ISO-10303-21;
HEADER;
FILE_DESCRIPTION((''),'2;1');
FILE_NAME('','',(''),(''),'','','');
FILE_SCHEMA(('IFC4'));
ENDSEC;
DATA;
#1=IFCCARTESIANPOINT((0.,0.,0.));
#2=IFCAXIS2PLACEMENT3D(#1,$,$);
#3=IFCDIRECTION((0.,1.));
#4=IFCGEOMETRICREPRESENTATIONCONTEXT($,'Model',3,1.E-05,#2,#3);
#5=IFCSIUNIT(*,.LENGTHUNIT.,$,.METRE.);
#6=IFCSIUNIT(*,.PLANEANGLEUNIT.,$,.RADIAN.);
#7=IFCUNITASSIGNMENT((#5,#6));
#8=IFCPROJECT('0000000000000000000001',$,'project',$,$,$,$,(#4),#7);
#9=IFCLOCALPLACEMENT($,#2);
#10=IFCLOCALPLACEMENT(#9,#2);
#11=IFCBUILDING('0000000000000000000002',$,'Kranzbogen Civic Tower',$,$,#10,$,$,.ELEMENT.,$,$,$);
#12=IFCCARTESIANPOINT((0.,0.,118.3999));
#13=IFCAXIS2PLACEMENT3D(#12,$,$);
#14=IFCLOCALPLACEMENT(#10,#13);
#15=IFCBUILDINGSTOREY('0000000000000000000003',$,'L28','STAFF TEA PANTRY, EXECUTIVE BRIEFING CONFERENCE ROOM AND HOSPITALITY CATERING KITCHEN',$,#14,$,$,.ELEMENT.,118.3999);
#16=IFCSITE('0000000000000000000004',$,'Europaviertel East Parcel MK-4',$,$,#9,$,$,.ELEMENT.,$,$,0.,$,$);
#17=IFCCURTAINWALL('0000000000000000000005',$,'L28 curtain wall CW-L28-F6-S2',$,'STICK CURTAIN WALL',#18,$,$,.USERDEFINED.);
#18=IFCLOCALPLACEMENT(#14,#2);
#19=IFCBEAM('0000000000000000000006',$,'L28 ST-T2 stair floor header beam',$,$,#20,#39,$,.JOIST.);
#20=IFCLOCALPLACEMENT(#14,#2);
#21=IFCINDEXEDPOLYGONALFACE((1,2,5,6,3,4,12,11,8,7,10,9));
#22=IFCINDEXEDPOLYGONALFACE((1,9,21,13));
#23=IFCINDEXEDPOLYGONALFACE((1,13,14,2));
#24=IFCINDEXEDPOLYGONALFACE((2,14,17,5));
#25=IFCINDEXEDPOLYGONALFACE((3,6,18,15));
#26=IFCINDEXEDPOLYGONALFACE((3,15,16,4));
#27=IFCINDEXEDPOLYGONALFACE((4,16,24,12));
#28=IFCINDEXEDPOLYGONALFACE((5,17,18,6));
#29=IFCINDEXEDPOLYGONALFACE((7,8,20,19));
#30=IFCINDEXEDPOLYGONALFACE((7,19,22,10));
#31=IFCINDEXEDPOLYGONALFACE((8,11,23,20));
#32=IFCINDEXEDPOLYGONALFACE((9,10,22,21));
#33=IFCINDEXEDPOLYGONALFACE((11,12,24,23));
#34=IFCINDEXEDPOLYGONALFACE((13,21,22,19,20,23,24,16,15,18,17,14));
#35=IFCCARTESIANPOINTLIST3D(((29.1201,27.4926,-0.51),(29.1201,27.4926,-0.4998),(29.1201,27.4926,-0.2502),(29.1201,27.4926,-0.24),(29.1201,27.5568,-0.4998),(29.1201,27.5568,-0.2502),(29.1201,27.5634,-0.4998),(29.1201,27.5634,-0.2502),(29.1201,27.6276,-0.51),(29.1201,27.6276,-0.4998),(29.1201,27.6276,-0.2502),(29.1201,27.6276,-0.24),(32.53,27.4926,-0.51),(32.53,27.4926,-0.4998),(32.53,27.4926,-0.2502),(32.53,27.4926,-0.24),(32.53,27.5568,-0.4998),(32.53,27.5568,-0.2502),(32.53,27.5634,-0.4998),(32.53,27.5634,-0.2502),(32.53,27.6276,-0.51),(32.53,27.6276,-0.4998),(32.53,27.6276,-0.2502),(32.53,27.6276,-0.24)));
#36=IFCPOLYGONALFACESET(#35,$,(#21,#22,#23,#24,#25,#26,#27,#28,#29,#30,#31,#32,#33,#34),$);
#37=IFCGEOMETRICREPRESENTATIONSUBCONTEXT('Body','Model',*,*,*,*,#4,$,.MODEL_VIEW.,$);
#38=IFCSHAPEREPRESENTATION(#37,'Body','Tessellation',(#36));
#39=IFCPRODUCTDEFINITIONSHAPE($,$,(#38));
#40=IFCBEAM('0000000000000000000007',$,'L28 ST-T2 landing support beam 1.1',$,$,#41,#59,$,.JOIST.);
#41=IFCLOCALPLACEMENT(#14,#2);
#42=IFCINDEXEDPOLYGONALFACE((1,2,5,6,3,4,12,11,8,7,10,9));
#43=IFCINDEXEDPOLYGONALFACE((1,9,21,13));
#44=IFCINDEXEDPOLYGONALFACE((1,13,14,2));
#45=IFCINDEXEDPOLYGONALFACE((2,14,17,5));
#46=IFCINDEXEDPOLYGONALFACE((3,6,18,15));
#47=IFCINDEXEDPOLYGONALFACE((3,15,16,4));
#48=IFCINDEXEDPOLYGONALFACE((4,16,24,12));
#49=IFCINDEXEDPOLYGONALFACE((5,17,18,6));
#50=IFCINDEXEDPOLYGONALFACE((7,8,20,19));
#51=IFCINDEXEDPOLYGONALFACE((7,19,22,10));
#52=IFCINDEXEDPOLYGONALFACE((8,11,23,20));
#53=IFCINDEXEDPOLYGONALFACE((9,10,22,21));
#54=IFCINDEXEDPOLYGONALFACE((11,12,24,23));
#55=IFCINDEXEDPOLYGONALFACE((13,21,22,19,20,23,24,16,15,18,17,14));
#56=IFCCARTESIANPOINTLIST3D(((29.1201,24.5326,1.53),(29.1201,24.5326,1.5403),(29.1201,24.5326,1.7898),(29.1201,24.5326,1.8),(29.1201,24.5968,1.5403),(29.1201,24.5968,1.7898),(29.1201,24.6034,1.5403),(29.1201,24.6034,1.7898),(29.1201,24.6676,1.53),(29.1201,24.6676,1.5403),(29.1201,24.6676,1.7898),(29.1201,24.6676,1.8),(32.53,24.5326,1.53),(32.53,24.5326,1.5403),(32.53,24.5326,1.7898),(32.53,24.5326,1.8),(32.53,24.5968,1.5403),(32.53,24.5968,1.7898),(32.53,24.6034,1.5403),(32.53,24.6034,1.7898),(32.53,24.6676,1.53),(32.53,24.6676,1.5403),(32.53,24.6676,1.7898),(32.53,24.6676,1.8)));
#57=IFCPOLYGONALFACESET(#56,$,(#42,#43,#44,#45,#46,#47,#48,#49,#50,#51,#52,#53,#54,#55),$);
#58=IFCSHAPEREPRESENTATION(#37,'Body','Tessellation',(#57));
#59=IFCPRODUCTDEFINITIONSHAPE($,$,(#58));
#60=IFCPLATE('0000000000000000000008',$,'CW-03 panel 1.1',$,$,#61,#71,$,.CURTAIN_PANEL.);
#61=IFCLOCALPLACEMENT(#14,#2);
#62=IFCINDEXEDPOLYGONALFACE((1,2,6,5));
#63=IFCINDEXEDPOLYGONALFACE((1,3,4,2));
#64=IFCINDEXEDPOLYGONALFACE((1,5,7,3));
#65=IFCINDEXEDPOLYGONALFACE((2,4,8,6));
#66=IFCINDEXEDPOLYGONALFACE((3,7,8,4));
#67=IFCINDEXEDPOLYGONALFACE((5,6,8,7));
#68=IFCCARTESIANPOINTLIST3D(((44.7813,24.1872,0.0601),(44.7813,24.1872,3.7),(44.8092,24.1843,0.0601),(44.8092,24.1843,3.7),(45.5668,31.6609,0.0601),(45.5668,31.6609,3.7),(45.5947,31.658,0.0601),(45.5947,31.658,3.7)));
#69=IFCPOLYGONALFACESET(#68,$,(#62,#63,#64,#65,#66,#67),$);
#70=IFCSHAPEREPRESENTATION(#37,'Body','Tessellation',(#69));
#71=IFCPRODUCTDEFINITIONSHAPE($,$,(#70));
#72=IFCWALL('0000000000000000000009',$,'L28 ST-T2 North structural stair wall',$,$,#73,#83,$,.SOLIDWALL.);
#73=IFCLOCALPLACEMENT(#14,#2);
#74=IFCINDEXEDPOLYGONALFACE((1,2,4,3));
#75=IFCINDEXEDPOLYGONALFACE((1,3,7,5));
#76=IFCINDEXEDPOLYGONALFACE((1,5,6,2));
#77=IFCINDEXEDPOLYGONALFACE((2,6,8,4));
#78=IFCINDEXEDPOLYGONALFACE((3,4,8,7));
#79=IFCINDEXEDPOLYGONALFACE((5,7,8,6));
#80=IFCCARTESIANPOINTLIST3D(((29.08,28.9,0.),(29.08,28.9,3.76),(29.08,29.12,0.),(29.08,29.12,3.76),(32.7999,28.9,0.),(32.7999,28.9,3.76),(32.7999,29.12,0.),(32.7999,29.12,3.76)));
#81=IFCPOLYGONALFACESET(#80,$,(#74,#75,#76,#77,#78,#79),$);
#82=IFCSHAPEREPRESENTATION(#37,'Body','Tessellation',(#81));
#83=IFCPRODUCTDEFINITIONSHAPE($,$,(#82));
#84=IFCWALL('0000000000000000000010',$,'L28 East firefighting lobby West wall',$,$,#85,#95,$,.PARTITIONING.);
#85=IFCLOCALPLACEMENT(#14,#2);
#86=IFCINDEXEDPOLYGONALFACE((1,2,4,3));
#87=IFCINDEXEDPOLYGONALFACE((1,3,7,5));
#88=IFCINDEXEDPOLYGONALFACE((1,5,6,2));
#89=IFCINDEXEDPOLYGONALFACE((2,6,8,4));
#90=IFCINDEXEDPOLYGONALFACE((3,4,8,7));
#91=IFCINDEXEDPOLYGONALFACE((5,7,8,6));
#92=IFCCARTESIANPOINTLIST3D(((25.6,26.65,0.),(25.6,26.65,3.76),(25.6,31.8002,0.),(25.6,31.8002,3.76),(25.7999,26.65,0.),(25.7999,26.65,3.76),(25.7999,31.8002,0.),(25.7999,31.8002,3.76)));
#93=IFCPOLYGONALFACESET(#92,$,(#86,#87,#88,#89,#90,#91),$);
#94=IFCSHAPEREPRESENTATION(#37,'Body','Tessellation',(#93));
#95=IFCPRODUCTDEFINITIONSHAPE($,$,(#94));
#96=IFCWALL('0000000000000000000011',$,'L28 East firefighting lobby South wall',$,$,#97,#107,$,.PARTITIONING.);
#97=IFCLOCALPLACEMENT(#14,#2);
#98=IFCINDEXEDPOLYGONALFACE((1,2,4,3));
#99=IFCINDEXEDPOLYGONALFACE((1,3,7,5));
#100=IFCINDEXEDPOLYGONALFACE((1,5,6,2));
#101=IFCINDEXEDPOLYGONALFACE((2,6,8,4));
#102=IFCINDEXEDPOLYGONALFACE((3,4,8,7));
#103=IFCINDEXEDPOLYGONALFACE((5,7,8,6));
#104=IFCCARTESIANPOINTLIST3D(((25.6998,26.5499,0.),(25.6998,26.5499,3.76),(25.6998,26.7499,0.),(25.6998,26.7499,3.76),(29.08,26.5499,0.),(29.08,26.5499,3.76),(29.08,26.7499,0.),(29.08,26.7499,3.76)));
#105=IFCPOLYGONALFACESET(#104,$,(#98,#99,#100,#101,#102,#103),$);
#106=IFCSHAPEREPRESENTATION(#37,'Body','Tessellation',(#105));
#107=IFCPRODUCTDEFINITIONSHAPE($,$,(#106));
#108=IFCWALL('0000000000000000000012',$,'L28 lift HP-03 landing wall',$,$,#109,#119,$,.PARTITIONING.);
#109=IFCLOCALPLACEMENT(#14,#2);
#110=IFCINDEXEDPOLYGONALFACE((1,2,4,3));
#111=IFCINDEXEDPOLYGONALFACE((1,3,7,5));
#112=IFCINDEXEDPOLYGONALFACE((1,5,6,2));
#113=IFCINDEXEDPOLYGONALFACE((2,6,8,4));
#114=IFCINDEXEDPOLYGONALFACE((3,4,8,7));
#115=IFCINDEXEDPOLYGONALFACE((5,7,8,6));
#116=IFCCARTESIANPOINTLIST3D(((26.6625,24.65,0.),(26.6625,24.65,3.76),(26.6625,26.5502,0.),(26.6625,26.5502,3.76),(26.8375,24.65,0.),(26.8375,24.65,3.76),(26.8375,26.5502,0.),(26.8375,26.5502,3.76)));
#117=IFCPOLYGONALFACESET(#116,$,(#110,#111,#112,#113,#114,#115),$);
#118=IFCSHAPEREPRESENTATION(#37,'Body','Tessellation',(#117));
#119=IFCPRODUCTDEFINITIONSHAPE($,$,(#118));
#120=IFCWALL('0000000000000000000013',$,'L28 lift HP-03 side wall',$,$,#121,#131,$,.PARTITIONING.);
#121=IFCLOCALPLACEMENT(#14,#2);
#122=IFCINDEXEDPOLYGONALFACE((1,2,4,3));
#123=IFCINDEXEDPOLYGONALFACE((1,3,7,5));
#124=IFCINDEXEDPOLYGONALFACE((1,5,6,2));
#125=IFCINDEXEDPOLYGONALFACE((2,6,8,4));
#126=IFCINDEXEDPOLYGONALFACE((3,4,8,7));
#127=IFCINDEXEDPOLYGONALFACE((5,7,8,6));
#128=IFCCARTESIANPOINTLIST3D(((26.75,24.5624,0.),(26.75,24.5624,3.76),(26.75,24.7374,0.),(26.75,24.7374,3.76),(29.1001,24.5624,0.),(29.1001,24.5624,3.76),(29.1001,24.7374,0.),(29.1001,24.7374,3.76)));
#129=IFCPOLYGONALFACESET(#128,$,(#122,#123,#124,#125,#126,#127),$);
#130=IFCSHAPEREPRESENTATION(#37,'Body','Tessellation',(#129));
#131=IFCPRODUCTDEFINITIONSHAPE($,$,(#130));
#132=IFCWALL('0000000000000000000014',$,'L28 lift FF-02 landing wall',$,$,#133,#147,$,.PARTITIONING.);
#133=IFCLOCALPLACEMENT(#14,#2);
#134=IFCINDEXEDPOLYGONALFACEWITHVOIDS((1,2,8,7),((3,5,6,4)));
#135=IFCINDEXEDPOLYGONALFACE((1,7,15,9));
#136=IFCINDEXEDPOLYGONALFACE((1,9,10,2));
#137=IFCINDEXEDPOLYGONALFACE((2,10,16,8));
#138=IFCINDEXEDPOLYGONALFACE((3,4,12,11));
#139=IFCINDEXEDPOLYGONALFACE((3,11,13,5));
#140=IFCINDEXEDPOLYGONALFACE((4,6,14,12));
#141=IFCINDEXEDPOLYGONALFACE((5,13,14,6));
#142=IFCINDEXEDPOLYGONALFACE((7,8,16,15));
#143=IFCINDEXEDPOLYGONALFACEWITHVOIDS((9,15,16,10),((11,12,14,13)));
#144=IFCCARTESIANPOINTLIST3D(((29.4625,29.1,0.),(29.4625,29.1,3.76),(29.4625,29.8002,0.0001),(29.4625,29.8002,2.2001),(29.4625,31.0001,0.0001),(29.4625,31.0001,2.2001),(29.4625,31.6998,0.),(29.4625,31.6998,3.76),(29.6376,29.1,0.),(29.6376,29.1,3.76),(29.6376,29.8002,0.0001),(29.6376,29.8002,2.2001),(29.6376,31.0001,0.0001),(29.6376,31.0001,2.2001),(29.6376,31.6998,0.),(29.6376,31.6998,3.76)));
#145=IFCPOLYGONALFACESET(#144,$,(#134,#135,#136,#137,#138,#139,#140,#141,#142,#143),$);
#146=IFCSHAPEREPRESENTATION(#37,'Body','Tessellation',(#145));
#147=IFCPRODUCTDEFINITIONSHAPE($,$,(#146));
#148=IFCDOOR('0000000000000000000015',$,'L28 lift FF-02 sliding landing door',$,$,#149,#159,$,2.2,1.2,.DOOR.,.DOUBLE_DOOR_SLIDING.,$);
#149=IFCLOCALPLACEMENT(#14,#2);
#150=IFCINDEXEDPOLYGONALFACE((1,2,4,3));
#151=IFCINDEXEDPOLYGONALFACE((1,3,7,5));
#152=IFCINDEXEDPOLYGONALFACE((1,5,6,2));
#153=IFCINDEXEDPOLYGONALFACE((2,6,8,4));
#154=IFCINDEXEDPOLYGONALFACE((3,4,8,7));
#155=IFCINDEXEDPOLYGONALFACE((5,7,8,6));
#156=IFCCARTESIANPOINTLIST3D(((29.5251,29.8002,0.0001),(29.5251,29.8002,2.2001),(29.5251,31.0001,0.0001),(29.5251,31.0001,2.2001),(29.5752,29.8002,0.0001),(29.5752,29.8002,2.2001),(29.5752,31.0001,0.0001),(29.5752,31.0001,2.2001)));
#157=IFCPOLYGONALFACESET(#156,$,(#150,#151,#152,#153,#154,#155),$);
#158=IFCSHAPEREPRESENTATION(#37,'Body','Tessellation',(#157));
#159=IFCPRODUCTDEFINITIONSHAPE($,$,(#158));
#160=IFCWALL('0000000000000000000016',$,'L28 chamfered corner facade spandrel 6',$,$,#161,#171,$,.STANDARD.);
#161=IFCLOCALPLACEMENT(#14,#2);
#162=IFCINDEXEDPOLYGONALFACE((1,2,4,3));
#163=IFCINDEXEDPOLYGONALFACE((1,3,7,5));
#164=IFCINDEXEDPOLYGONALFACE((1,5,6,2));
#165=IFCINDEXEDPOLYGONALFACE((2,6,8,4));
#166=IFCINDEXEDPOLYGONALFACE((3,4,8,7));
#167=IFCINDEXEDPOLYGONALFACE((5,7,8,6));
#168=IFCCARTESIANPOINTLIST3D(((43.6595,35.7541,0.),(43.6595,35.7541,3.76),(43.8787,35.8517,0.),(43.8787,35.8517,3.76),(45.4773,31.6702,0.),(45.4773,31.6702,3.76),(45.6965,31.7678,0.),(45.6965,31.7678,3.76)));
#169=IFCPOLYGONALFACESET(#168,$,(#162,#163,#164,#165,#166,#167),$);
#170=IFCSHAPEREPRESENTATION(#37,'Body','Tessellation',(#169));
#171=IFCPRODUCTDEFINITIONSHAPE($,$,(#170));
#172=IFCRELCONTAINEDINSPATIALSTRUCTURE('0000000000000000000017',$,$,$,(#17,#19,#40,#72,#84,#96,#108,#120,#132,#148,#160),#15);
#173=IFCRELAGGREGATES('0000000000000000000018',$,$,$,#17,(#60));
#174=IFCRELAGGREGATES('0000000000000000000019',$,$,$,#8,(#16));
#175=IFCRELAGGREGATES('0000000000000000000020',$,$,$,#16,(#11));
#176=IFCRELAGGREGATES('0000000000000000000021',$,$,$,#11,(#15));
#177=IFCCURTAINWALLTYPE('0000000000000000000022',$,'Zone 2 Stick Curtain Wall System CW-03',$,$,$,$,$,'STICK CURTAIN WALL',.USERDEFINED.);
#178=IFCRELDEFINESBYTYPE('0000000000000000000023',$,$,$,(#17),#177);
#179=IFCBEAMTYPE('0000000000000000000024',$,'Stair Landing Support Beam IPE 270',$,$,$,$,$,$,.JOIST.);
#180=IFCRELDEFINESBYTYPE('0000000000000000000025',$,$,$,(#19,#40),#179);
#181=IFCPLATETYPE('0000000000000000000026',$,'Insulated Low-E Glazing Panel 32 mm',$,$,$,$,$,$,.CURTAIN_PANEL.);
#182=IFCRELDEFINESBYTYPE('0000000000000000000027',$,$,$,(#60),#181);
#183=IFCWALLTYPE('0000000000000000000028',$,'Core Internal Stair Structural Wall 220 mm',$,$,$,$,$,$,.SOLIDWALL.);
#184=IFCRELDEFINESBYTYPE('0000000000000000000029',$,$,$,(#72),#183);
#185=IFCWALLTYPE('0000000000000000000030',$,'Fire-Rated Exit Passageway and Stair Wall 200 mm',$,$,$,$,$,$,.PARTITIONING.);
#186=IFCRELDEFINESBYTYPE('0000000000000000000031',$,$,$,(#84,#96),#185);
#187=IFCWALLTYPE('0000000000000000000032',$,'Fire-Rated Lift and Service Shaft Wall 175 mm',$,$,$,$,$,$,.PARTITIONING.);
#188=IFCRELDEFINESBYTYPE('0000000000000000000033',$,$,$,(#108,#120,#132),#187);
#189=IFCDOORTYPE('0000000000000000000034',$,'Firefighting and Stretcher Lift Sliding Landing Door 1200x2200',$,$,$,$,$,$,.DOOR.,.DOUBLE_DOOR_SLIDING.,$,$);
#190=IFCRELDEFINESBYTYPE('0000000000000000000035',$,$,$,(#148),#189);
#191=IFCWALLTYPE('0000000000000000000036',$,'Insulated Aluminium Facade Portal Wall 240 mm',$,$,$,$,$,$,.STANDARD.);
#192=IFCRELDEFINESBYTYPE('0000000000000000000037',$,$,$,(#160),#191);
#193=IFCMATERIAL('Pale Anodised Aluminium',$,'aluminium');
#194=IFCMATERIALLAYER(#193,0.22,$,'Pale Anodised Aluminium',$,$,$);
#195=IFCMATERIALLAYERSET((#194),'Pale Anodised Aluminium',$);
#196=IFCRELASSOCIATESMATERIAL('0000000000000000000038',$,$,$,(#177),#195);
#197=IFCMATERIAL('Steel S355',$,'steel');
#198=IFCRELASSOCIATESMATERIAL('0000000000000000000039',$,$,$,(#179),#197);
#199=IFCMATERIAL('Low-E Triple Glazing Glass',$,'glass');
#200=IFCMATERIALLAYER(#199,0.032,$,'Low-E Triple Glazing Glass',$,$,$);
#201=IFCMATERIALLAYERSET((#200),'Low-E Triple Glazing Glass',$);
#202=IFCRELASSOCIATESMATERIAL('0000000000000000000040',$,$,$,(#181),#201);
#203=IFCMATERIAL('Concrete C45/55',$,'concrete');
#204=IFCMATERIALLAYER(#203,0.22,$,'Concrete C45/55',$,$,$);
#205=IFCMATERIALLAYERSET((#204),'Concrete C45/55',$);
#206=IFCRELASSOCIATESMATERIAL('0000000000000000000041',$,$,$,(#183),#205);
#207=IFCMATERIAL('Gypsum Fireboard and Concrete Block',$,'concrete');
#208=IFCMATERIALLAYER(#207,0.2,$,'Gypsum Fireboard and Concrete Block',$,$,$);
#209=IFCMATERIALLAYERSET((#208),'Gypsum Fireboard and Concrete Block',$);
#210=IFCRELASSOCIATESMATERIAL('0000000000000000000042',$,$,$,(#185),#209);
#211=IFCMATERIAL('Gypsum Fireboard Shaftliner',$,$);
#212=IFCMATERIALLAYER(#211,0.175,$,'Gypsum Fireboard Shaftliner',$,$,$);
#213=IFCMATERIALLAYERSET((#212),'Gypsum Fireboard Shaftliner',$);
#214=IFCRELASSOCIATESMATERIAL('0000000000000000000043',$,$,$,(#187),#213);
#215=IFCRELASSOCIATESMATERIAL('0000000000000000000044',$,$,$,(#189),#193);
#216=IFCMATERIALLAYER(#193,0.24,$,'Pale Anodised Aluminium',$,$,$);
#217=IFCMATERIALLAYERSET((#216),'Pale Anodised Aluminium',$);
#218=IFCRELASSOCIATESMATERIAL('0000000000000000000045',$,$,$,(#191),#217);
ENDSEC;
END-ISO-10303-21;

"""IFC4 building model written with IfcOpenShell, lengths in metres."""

from ifc_helpers import new_model, si_unit, direction, frame, frame_2d, origin, origin_2d, place, context, subcontext, project, spatial, rectangle, i_section, extrude, material, layer, layer_set, material_profile, profile_set, type_object, element, fill, aggregate, save


model = new_model("IFC4")

# Units and contexts
model_context = context("Model", 3, precision=1e-05, world=origin(), true_north=direction((0.0, 1.0)))
body_context = subcontext(model_context, "Body", "Model", "MODEL_VIEW")
ifc_project = project(units=[si_unit("LENGTHUNIT", "METRE"), si_unit("PLANEANGLEUNIT", "RADIAN")], contexts=[model_context])

# Site, building, storey
site_placement = place(None, origin())
site = spatial("IfcSite", under=ifc_project, at=site_placement, Name="Europaviertel East Parcel MK-4", CompositionType="ELEMENT", RefElevation=0.0)
building_placement = place(site_placement, origin())
building = spatial("IfcBuilding", under=site, at=building_placement, Name="Kranzbogen Civic Tower", CompositionType="ELEMENT")
storey_placement = place(building_placement, frame((0.0, 0.0, 118.3999)))
storey = spatial("IfcBuildingStorey", under=building, at=storey_placement, Name="L28", Description="STAFF TEA PANTRY, EXECUTIVE BRIEFING CONFERENCE ROOM AND HOSPITALITY CATERING KITCHEN", CompositionType="ELEMENT", Elevation=118.3999)

# Curtain wall
ifc_material_1 = material(Name="Pale Anodised Aluminium", Category="aluminium")
ifc_layer_1 = layer(ifc_material_1, 0.22, Name="Pale Anodised Aluminium")
ifc_layer_set_1 = layer_set([ifc_layer_1], Name="Pale Anodised Aluminium")
curtain_wall_type = type_object("IfcCurtainWallType", Name="Zone 2 Stick Curtain Wall System CW-03", ElementType="STICK CURTAIN WALL", PredefinedType="USERDEFINED", material=ifc_layer_set_1)
curtain_wall_placement = place(storey_placement, origin())
curtain_wall = element("IfcCurtainWall", 1, at=curtain_wall_placement, inside=storey, type_object=curtain_wall_type, Name="L28 curtain wall CW-L28-F6-S2", ObjectType="STICK CURTAIN WALL", PredefinedType="USERDEFINED")

# Beams
ifc_material_2 = material(Name="Steel S355", Category="steel")
ifc_material_profile_1 = material_profile(ifc_material_2, i_section(OverallWidth=0.135, OverallDepth=0.27, WebThickness=0.0066, FlangeThickness=0.0103, at=origin_2d()), Name="IPE 270")
ifc_profile_set_1 = profile_set([ifc_material_profile_1], Name="Steel S355")
beam_type_1 = type_object("IfcBeamType", Name="Stair Landing Support Beam IPE 270", PredefinedType="JOIST", material=ifc_profile_set_1)
for number, where, z_axis, x_axis, name in (
    (2, (29.1201, 27.5601, -0.375), (1.0, 0.0, 0.0), (0.0, 1.0, 0.0), "L28 ST-T2 stair floor header beam"),
    (3, (29.1201, 24.6001, 1.665), (1.0, 0.0, 0.0), (0.0, 1.0, 0.0), "L28 ST-T2 landing support beam 1.1"),
):
    element("IfcBeam", number, at=place(storey_placement, frame(where, z_axis=z_axis, x_axis=x_axis)), inside=storey, type_object=beam_type_1, Name=name, PredefinedType="JOIST", context=body_context, shape_type="SweptSolid", body=[
        extrude(i_section(OverallWidth=0.135, OverallDepth=0.27, WebThickness=0.0066, FlangeThickness=0.0103, at=origin_2d()), origin(), (0.0, 0.0, 1.0), 3.4099),
    ])

# Plate
ifc_material_3 = material(Name="Low-E Triple Glazing Glass", Category="glass")
ifc_layer_2 = layer(ifc_material_3, 0.032, Name="Low-E Triple Glazing Glass")
ifc_layer_set_2 = layer_set([ifc_layer_2], Name="Low-E Triple Glazing Glass")
plate_type = type_object("IfcPlateType", Name="Insulated Low-E Glazing Panel 32 mm", PredefinedType="CURTAIN_PANEL", material=ifc_layer_set_2)
plate_placement = place(storey_placement, frame((45.188, 27.9226, 0.0601), z_axis=(0.0, 0.0, 1.0), x_axis=(0.104521, 0.994523, 0.0)))
plate = element("IfcPlate", 4, at=plate_placement, type_object=plate_type, Name="CW-03 panel 1.1", PredefinedType="CURTAIN_PANEL", context=body_context, shape_type="SweptSolid", body=[
    extrude(rectangle(XDim=7.5149, YDim=0.0281, at=origin_2d()), origin(), (0.0, 0.0, 1.0), 3.6399),
])
aggregate(curtain_wall, [plate])

# Walls
ifc_material_4 = material(Name="Concrete C45/55", Category="concrete")
ifc_layer_3 = layer(ifc_material_4, 0.22, Name="Concrete C45/55")
ifc_layer_set_3 = layer_set([ifc_layer_3], Name="Concrete C45/55")
wall_type_1 = type_object("IfcWallType", Name="Core Internal Stair Structural Wall 220 mm", PredefinedType="SOLIDWALL", material=ifc_layer_set_3)
wall_1_placement = place(storey_placement, frame((29.0801, 29.01, 0.0), z_axis=(0.0, 0.0, 1.0), x_axis=(1.0, 0.0, 0.0)))
element("IfcWall", 5, at=wall_1_placement, inside=storey, type_object=wall_type_1, Name="L28 ST-T2 North structural stair wall", PredefinedType="SOLIDWALL", context=body_context, shape_type="SweptSolid", body=[
    extrude(rectangle(XDim=3.72, YDim=0.22, at=frame_2d((1.8599, 0.0))), origin(), (0.0, 0.0, 1.0), 3.76),
])
ifc_material_5 = material(Name="Gypsum Fireboard and Concrete Block", Category="concrete")
ifc_layer_4 = layer(ifc_material_5, 0.2, Name="Gypsum Fireboard and Concrete Block")
ifc_layer_set_4 = layer_set([ifc_layer_4], Name="Gypsum Fireboard and Concrete Block")
wall_type_2 = type_object("IfcWallType", Name="Fire-Rated Exit Passageway and Stair Wall 200 mm", PredefinedType="PARTITIONING", material=ifc_layer_set_4)
wall_2_placement = place(storey_placement, frame((25.7, 26.6499, 0.0), z_axis=(0.0, 0.0, 1.0), x_axis=(0.0, 1.0, 0.0)))
element("IfcWall", 6, at=wall_2_placement, inside=storey, type_object=wall_type_2, Name="L28 East firefighting lobby West wall", PredefinedType="PARTITIONING", context=body_context, shape_type="SweptSolid", body=[
    extrude(rectangle(XDim=5.1501, YDim=0.2, at=frame_2d((2.5752, 0.0))), origin(), (0.0, 0.0, 1.0), 3.76),
])
wall_3_placement = place(storey_placement, frame((25.7, 26.6499, 0.0), z_axis=(0.0, 0.0, 1.0), x_axis=(1.0, 0.0, 0.0)))
element("IfcWall", 7, at=wall_3_placement, inside=storey, type_object=wall_type_2, Name="L28 East firefighting lobby South wall", PredefinedType="PARTITIONING", context=body_context, shape_type="SweptSolid", body=[
    extrude(rectangle(XDim=3.3801, YDim=0.2, at=frame_2d((1.6899, 0.0))), origin(), (0.0, 0.0, 1.0), 3.76),
])
ifc_material_6 = material(Name="Gypsum Fireboard Shaftliner")
ifc_layer_5 = layer(ifc_material_6, 0.175, Name="Gypsum Fireboard Shaftliner")
ifc_layer_set_5 = layer_set([ifc_layer_5], Name="Gypsum Fireboard Shaftliner")
wall_type_3 = type_object("IfcWallType", Name="Fire-Rated Lift and Service Shaft Wall 175 mm", PredefinedType="PARTITIONING", material=ifc_layer_set_5)
wall_4_placement = place(storey_placement, frame((26.75, 24.6499, 0.0), z_axis=(0.0, 0.0, 1.0), x_axis=(0.0, 1.0, 0.0)))
element("IfcWall", 8, at=wall_4_placement, inside=storey, type_object=wall_type_3, Name="L28 lift HP-03 landing wall", PredefinedType="PARTITIONING", context=body_context, shape_type="SweptSolid", body=[
    extrude(rectangle(XDim=1.9001, YDim=0.175, at=frame_2d((0.9502, 0.0))), origin(), (0.0, 0.0, 1.0), 3.76),
])
wall_5_placement = place(storey_placement, frame((26.75, 24.6499, 0.0), z_axis=(0.0, 0.0, 1.0), x_axis=(1.0, 0.0, 0.0)))
element("IfcWall", 9, at=wall_5_placement, inside=storey, type_object=wall_type_3, Name="L28 lift HP-03 side wall", PredefinedType="PARTITIONING", context=body_context, shape_type="SweptSolid", body=[
    extrude(rectangle(XDim=2.3501, YDim=0.175, at=frame_2d((1.175, 0.0))), origin(), (0.0, 0.0, 1.0), 3.76),
])

# Wall, opening, door
wall_6_placement = place(storey_placement, frame((29.55, 29.1001, 0.0), z_axis=(0.0, 0.0, 1.0), x_axis=(0.0, 1.0, 0.0)))
wall_6 = element("IfcWall", 10, at=wall_6_placement, inside=storey, type_object=wall_type_3, Name="L28 lift FF-02 landing wall", PredefinedType="PARTITIONING", context=body_context, shape_type="SweptSolid", body=[
    extrude(rectangle(XDim=2.5999, YDim=0.175, at=frame_2d((1.2998, 0.0))), origin(), (0.0, 0.0, 1.0), 3.76),
])
opening_placement = place(wall_6_placement, frame((0.7, 0.0, 0.0)))
opening = element("IfcOpeningElement", 11, at=opening_placement, cuts=wall_6, PredefinedType="OPENING", context=body_context, shape_type="SweptSolid", body=[
    extrude(rectangle(XDim=1.2, YDim=2.2, at=frame_2d((0.6001, 1.1001))), frame((0.0, 0.0977, 0.0), z_axis=(0.0, -1.0, 0.0), x_axis=(1.0, 0.0, 0.0)), (0.0, 0.0, 1.0), 0.1951),
])
door_type = type_object("IfcDoorType", Name="Firefighting and Stretcher Lift Sliding Landing Door 1200x2200", OperationType="DOUBLE_DOOR_SLIDING", PredefinedType="DOOR", material=ifc_material_1)
door_placement = place(opening_placement, origin())
door = element("IfcDoor", 12, at=door_placement, inside=storey, type_object=door_type, Name="L28 lift FF-02 sliding landing door", OperationType="DOUBLE_DOOR_SLIDING", OverallHeight=2.2, OverallWidth=1.2, PredefinedType="DOOR", context=body_context, shape_type="SweptSolid", body=[
    extrude(rectangle(XDim=1.2, YDim=2.2, at=frame_2d((0.6001, 1.1001))), frame((0.0, 0.0249, 0.0), z_axis=(0.0, -1.0, 0.0), x_axis=(1.0, 0.0, 0.0)), (0.0, 0.0, 1.0), 0.05),
])
fill(opening, door)

# Wall
ifc_layer_6 = layer(ifc_material_1, 0.24, Name="Pale Anodised Aluminium")
ifc_layer_set_6 = layer_set([ifc_layer_6], Name="Pale Anodised Aluminium")
wall_type_4 = type_object("IfcWallType", Name="Insulated Aluminium Facade Portal Wall 240 mm", PredefinedType="STANDARD", material=ifc_layer_set_6)
wall_7_placement = place(storey_placement, frame((45.5869, 31.719, 0.0), z_axis=(0.0, 0.0, 1.0), x_axis=(-0.406655, 0.913582, 0.0)))
element("IfcWall", 13, at=wall_7_placement, inside=storey, type_object=wall_type_4, Name="L28 chamfered corner facade spandrel 6", PredefinedType="STANDARD", context=body_context, shape_type="SweptSolid", body=[
    extrude(rectangle(XDim=4.4702, YDim=0.24, at=frame_2d((2.2351, 0.0))), origin(), (0.0, 0.0, 1.0), 3.76),
])

save(model, "model.ifc")
